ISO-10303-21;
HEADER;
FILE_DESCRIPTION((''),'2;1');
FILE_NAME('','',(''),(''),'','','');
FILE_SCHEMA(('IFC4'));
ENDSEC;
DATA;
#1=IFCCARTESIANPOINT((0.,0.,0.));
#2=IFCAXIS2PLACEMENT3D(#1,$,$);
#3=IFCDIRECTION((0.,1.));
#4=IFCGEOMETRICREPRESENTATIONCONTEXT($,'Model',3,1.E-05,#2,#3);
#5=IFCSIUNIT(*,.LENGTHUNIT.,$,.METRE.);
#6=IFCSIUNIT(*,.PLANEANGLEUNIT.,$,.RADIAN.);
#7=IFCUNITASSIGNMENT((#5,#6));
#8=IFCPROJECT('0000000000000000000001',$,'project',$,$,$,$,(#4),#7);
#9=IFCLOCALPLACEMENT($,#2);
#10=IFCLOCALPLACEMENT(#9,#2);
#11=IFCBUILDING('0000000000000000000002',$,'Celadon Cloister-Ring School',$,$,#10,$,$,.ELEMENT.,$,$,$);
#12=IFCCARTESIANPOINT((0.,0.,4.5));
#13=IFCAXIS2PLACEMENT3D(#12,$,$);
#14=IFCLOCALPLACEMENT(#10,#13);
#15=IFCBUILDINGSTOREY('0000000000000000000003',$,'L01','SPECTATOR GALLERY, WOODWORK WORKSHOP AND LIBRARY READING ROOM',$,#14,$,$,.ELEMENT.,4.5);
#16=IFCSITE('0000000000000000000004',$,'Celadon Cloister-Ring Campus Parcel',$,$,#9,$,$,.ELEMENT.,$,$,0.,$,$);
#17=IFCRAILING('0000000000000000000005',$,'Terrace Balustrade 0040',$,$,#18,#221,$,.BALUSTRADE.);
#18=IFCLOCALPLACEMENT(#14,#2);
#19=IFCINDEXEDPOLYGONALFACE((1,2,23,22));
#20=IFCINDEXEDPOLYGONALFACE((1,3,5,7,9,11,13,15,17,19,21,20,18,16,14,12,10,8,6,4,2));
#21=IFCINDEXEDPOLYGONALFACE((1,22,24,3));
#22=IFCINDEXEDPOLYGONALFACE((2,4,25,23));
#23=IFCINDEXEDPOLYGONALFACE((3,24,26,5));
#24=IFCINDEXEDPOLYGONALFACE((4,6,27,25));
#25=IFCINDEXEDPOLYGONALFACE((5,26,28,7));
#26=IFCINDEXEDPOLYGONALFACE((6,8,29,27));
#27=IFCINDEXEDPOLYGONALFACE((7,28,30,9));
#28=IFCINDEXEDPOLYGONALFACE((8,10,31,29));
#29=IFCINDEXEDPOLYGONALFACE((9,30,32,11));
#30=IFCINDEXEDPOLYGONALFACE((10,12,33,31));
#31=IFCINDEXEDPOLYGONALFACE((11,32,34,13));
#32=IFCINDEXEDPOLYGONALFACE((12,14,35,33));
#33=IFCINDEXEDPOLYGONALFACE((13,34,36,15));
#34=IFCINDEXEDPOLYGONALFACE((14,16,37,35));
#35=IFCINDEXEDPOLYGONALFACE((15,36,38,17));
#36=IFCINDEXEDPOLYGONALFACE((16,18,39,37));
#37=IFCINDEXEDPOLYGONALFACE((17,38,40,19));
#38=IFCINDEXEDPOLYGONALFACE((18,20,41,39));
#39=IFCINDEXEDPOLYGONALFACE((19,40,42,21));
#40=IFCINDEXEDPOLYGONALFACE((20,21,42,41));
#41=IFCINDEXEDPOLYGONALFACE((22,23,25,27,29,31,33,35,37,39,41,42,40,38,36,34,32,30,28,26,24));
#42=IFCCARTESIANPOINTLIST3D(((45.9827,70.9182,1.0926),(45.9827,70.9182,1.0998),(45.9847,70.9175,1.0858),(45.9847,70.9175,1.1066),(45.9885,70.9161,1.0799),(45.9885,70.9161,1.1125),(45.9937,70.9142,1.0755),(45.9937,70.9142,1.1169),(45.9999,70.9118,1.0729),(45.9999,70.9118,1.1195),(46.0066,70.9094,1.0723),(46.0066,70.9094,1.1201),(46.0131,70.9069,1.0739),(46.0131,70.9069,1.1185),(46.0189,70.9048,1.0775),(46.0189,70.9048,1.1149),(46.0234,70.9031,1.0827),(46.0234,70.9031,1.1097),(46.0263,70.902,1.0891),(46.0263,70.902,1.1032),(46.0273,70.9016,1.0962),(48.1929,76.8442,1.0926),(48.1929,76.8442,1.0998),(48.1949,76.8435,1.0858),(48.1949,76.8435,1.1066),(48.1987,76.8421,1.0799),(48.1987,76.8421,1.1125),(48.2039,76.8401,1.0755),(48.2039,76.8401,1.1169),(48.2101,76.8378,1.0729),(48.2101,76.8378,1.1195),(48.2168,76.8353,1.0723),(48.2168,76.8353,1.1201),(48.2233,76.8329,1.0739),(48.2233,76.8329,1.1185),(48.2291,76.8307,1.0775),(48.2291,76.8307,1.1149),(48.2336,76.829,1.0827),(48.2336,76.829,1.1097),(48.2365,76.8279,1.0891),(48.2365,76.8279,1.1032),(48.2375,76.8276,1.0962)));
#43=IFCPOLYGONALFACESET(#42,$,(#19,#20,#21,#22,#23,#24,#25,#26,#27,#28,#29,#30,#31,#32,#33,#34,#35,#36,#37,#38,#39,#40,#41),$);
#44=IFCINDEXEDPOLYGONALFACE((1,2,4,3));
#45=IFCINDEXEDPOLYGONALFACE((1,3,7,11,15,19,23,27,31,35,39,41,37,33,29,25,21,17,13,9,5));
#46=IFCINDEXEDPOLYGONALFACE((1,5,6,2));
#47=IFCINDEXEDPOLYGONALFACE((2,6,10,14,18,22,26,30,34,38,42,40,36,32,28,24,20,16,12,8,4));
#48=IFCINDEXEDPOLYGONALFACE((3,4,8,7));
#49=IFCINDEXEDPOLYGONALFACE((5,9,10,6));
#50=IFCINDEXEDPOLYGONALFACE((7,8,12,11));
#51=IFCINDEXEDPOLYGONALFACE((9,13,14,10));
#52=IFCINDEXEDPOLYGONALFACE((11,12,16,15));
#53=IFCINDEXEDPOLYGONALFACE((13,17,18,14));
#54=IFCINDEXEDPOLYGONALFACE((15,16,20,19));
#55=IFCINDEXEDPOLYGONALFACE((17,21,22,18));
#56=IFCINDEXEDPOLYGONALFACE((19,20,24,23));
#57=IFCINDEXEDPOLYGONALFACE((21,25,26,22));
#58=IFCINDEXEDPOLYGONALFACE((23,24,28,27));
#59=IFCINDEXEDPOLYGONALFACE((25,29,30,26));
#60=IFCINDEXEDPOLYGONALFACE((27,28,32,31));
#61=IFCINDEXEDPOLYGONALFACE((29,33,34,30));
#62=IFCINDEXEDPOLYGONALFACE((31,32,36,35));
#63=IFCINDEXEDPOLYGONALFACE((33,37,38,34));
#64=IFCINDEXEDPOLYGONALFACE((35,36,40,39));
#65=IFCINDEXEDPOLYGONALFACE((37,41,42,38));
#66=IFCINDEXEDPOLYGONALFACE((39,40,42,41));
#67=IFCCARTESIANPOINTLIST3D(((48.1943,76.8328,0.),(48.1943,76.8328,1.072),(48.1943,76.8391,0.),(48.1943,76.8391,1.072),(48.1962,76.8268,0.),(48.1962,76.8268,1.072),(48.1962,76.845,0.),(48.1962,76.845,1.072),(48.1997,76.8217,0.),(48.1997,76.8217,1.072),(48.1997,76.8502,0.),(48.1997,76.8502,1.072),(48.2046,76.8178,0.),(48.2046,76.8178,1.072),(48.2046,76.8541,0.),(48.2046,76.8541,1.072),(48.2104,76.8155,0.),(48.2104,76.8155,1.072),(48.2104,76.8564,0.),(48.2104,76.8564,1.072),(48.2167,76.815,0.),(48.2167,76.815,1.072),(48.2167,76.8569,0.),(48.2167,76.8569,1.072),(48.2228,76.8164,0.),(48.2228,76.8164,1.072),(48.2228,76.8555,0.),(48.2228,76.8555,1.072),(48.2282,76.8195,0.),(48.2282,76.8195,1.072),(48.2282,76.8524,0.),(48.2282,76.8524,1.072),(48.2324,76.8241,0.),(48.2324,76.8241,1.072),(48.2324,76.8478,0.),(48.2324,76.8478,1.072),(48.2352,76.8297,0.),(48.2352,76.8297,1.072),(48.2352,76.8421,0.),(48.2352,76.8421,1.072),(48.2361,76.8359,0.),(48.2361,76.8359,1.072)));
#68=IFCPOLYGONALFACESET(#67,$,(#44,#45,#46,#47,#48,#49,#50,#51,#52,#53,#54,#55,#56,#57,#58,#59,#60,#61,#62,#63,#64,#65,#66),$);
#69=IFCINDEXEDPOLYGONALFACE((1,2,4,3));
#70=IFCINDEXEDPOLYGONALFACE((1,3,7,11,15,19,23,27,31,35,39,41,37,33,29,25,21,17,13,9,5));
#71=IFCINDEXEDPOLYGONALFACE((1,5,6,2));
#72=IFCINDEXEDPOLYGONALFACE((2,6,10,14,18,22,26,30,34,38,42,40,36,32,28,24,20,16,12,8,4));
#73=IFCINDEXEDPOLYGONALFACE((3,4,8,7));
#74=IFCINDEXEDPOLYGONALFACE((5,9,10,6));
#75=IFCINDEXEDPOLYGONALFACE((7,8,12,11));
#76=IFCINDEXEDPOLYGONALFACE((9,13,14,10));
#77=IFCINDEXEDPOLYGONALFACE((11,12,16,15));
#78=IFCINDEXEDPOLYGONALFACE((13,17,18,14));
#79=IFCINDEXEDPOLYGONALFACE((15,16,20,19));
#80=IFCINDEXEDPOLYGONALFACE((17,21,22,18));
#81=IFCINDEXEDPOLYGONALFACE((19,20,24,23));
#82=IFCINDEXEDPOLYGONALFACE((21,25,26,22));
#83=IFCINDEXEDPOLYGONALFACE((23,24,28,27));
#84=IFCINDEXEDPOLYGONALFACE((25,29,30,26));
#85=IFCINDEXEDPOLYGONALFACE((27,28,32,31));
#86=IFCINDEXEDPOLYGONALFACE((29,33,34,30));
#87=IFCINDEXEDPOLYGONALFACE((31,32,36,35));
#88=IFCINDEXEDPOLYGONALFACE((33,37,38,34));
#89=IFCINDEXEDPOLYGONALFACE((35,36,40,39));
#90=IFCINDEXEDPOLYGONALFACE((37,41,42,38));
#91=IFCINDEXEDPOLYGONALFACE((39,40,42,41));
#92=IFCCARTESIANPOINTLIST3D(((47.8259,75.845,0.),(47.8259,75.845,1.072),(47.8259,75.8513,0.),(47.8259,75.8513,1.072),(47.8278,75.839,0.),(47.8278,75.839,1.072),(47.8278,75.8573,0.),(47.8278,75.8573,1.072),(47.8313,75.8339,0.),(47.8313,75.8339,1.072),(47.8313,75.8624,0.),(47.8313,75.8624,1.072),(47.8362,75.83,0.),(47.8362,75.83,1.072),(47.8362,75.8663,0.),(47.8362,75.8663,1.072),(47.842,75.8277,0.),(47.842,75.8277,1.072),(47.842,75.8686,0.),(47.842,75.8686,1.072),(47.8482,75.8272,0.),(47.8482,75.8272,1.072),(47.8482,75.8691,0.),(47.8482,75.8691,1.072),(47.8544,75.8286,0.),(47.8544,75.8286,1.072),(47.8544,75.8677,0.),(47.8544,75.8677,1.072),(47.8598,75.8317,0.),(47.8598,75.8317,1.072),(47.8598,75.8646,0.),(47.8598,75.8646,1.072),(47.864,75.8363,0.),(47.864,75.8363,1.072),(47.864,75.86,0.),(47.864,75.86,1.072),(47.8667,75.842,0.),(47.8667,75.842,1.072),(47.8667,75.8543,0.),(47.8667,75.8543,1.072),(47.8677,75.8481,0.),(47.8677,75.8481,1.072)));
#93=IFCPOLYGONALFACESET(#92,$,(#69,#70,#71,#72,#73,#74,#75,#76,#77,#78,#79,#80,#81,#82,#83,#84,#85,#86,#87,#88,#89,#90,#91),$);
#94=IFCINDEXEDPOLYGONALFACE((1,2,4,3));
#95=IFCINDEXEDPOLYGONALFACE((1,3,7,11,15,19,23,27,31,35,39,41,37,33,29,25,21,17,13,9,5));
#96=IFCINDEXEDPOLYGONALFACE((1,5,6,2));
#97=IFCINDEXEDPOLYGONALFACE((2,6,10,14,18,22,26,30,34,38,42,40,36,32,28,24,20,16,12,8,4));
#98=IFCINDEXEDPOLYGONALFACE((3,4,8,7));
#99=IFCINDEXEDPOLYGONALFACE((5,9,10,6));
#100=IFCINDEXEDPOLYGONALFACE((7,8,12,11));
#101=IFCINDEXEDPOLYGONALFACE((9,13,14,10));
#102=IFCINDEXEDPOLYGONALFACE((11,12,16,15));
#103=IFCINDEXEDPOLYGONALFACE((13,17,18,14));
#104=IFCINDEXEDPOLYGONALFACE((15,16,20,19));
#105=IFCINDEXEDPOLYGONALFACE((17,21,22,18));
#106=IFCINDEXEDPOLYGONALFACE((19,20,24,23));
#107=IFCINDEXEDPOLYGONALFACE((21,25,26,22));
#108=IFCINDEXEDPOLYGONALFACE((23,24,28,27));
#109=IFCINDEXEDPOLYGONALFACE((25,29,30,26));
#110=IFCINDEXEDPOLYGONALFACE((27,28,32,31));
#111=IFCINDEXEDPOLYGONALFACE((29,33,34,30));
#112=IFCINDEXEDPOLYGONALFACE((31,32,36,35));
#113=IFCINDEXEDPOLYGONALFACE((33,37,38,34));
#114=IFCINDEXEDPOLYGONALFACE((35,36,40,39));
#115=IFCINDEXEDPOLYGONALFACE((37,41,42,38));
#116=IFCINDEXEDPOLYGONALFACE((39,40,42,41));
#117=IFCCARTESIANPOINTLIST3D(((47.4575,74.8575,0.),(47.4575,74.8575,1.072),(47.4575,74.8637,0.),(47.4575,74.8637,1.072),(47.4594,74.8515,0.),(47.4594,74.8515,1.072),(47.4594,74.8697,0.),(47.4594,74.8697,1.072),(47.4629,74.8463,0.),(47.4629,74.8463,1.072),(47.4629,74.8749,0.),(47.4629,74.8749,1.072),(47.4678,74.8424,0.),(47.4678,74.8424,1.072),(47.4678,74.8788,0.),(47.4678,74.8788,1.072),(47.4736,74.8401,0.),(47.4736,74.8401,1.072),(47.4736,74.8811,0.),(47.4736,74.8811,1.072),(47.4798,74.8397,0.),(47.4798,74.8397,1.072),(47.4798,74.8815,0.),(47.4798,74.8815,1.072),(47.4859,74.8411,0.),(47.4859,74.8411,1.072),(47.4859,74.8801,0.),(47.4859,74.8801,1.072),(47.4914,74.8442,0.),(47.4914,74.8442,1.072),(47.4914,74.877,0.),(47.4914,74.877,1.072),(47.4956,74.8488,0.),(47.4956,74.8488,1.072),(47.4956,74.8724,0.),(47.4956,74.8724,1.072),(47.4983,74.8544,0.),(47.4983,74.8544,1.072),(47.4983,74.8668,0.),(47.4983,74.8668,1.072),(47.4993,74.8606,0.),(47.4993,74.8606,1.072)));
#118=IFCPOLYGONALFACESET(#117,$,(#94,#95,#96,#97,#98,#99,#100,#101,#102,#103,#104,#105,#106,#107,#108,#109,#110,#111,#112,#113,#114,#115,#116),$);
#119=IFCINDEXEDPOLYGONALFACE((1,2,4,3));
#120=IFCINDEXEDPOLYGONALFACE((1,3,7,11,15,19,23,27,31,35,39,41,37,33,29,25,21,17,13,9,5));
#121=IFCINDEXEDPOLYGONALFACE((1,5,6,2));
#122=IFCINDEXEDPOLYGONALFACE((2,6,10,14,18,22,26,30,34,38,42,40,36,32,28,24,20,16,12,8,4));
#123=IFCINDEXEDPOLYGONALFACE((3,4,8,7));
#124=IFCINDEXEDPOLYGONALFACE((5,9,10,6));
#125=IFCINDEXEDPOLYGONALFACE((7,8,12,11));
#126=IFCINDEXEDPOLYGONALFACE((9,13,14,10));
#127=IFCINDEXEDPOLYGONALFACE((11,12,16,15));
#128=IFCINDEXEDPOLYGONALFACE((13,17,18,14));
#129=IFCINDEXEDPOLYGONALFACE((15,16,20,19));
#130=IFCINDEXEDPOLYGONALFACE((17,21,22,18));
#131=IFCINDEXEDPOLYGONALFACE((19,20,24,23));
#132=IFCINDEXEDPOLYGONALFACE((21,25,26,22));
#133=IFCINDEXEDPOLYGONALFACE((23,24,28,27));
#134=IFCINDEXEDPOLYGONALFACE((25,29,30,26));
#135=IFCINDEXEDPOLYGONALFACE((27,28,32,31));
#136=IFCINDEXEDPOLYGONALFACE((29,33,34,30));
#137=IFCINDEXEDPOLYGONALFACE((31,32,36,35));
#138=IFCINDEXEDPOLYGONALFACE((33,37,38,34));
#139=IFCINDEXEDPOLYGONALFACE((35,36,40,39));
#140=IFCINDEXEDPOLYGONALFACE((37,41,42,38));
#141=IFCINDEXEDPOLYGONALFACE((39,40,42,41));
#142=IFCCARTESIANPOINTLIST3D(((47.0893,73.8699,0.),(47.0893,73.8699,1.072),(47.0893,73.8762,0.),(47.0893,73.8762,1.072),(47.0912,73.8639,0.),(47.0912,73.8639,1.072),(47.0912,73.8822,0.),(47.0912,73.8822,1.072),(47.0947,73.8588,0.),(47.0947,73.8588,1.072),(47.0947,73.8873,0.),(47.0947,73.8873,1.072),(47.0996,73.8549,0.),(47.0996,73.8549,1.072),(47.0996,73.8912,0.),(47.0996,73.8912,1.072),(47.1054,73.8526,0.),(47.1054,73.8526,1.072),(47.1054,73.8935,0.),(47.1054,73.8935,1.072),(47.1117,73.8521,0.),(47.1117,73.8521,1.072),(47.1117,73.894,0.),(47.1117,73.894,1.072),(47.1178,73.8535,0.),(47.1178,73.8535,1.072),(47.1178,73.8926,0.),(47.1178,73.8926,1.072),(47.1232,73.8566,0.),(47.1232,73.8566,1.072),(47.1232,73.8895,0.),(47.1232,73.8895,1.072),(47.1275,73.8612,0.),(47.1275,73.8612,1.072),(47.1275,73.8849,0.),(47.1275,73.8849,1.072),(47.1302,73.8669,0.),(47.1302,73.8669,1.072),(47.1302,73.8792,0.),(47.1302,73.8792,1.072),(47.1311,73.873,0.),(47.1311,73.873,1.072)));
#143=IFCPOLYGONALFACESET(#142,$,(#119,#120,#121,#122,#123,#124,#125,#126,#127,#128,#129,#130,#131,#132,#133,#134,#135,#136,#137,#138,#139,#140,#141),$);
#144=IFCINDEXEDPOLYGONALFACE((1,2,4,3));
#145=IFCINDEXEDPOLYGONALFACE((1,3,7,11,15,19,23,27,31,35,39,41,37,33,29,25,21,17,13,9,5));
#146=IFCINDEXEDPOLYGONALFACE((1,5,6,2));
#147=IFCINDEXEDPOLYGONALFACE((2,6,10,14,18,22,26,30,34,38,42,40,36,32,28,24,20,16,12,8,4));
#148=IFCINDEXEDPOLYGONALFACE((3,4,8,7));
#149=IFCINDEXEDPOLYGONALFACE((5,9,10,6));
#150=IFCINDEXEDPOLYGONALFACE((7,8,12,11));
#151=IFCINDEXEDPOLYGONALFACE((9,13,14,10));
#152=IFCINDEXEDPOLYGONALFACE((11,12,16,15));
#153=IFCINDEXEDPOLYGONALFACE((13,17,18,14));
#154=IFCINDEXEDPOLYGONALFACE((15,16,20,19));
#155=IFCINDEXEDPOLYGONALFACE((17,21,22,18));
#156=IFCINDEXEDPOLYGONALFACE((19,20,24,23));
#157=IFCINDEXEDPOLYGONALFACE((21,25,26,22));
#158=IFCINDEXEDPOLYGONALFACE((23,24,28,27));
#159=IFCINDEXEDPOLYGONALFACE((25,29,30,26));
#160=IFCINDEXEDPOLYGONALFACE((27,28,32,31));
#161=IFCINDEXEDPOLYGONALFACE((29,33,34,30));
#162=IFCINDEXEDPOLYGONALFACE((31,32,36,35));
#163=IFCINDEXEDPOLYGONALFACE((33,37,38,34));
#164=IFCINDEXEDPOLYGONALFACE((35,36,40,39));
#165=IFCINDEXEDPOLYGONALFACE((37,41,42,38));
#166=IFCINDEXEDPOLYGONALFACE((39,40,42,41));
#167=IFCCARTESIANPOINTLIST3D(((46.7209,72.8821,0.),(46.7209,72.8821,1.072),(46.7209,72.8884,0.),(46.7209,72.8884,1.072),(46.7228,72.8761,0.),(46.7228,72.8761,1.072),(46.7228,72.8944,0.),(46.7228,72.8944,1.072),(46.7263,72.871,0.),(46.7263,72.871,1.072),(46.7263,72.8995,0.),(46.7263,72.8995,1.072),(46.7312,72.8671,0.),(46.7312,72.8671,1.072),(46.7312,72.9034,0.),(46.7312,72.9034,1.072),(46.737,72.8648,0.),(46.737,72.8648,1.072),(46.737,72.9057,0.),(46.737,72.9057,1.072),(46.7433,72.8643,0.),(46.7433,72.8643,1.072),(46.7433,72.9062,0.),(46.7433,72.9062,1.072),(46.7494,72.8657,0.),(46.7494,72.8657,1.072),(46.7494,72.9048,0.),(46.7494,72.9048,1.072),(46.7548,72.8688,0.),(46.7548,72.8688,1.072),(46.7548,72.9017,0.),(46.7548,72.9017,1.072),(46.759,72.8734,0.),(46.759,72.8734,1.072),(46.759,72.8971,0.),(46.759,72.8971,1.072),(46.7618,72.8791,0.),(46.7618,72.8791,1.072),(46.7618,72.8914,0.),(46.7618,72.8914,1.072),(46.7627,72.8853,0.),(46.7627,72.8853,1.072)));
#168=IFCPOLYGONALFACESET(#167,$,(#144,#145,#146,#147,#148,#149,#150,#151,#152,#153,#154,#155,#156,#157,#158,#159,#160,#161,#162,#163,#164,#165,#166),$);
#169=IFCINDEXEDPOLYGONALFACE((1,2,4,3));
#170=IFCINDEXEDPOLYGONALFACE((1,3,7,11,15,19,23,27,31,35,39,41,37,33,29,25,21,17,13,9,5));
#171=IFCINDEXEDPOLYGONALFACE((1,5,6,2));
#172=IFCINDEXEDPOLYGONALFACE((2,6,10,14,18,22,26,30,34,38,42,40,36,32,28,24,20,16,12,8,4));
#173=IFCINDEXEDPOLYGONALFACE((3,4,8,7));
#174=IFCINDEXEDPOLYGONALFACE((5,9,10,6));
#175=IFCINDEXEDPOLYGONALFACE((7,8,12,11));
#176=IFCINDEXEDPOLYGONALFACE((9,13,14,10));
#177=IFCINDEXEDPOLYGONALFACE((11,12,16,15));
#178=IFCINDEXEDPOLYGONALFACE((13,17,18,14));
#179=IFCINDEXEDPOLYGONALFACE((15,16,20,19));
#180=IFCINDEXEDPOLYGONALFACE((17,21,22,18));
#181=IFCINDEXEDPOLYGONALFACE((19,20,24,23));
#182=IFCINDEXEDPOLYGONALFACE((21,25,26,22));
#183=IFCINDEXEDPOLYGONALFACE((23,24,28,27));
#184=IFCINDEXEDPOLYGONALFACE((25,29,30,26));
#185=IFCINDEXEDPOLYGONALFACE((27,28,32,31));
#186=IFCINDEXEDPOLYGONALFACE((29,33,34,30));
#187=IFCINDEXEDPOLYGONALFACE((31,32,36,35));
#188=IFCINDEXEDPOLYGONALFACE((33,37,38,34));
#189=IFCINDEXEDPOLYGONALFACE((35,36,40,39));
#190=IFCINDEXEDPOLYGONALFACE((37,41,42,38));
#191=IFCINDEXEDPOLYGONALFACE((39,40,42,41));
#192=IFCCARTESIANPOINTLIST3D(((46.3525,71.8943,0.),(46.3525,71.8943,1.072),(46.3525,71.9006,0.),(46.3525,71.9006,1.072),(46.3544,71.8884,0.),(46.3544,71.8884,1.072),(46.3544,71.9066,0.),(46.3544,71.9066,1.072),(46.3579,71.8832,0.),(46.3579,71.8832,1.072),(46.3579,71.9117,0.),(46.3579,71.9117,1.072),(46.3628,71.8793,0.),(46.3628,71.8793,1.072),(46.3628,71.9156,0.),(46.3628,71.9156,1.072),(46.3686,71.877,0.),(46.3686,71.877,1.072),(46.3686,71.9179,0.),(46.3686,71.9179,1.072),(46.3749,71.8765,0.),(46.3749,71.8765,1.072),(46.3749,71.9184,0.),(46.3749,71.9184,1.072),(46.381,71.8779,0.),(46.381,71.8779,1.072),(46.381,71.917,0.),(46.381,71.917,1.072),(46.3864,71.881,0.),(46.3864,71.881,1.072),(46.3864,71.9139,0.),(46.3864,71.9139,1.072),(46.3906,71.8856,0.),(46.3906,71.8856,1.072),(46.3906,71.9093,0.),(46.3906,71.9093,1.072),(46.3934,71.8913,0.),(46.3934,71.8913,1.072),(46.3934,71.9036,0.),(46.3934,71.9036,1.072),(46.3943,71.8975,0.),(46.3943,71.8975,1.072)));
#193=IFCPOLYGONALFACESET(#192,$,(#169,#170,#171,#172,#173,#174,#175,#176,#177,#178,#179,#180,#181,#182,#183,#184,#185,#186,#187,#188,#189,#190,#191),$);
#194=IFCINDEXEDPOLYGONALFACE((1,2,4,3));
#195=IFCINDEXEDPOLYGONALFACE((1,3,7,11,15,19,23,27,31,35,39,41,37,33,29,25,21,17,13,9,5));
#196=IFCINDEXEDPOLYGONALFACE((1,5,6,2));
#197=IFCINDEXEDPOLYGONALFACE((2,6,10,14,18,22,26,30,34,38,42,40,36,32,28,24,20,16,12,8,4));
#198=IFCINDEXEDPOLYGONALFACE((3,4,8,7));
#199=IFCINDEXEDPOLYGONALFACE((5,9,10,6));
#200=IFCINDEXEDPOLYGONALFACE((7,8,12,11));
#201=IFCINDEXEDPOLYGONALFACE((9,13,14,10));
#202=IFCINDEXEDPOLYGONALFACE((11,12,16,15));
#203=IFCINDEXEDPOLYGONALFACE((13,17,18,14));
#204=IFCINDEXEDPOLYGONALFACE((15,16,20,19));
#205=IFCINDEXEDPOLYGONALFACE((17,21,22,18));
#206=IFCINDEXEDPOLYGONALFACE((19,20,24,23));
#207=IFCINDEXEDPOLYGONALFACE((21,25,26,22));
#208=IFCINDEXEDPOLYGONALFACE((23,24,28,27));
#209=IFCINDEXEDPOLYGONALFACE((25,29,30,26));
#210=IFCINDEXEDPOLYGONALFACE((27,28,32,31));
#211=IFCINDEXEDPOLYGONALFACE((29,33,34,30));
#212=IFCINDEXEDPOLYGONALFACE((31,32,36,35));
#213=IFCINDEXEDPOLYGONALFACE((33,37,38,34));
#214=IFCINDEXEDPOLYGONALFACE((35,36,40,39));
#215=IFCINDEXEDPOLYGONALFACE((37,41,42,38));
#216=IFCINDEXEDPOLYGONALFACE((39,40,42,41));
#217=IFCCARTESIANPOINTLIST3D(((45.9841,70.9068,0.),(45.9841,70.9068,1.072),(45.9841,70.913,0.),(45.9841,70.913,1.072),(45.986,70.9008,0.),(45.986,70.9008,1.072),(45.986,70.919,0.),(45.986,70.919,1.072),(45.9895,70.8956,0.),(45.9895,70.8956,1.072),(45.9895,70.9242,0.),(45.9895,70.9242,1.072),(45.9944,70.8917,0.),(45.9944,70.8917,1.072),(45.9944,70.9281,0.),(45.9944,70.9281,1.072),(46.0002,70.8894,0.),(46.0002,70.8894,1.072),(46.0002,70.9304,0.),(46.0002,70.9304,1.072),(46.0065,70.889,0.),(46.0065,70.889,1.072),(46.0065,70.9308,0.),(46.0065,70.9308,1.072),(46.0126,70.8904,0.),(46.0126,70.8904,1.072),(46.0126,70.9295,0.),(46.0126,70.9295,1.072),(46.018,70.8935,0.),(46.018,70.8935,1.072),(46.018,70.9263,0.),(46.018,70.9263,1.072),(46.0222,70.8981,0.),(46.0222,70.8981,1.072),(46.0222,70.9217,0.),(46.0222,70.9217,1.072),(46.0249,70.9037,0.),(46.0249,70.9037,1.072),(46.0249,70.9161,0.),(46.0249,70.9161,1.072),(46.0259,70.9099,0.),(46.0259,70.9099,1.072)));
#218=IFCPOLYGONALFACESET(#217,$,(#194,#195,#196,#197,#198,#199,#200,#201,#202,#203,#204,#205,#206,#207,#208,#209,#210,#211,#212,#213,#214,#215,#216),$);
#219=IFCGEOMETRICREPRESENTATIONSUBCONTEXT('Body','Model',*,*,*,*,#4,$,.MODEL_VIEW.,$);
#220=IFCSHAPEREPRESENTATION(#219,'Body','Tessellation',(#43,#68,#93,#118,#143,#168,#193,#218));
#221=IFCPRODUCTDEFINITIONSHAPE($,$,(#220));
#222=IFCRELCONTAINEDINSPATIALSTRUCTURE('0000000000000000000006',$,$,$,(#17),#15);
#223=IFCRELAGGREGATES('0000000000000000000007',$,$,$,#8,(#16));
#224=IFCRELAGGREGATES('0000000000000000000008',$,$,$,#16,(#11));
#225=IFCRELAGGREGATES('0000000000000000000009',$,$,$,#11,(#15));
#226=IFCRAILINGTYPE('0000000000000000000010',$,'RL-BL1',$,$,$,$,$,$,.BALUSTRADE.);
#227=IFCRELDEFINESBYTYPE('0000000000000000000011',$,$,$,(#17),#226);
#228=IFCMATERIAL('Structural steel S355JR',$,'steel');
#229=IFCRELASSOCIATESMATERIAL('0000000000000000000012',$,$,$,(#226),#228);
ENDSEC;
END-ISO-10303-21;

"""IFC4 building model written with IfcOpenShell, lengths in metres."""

from ifc_helpers import new_model, si_unit, direction, frame, origin, origin_2d, place, context, subcontext, project, spatial, circle, extrude, material, type_object, element, save


model = new_model("IFC4")

# Units and contexts
model_context = context("Model", 3, precision=1e-05, world=origin(), true_north=direction((0.0, 1.0)))
body_context = subcontext(model_context, "Body", "Model", "MODEL_VIEW")
ifc_project = project(units=[si_unit("LENGTHUNIT", "METRE"), si_unit("PLANEANGLEUNIT", "RADIAN")], contexts=[model_context])

# Site, building, storey
site_placement = place(None, origin())
site = spatial("IfcSite", under=ifc_project, at=site_placement, Name="Celadon Cloister-Ring Campus Parcel", CompositionType="ELEMENT", RefElevation=0.0)
building_placement = place(site_placement, origin())
building = spatial("IfcBuilding", under=site, at=building_placement, Name="Celadon Cloister-Ring School", CompositionType="ELEMENT")
storey_placement = place(building_placement, frame((0.0, 0.0, 4.5)))
storey = spatial("IfcBuildingStorey", under=building, at=storey_placement, Name="L01", Description="SPECTATOR GALLERY, WOODWORK WORKSHOP AND LIBRARY READING ROOM", CompositionType="ELEMENT", Elevation=4.5)

# Railing
ifc_material_1 = material(Name="Structural steel S355JR", Category="steel")
railing_type = type_object("IfcRailingType", Name="RL-BL1", PredefinedType="BALUSTRADE", material=ifc_material_1)
railing_placement = place(storey_placement, frame((48.2151, 76.8359, 0.0)))
element("IfcRailing", 1, at=railing_placement, inside=storey, type_object=railing_type, Name="Terrace Balustrade 0040", PredefinedType="BALUSTRADE", context=body_context, shape_type="SweptSolid", body=[
    extrude(circle(Radius=0.0239, at=origin_2d()), frame((0.0, 0.0, 1.0962), z_axis=(-0.349452, -0.936954, 0.0), x_axis=(0.936954, -0.349452, 0.0)), (0.0, 0.0, 1.0), 6.3247),
    extrude(circle(Radius=0.021, at=origin_2d()), origin(), (0.0, 0.0, 1.0), 1.072),
    extrude(circle(Radius=0.021, at=origin_2d()), frame((-0.3684, -0.9878, 0.0)), (0.0, 0.0, 1.0), 1.072),
    extrude(circle(Radius=0.021, at=origin_2d()), frame((-0.7368, -1.9753, 0.0)), (0.0, 0.0, 1.0), 1.072),
    extrude(circle(Radius=0.021, at=origin_2d()), frame((-1.105, -2.9629, 0.0)), (0.0, 0.0, 1.0), 1.072),
    extrude(circle(Radius=0.021, at=origin_2d()), frame((-1.4734, -3.9507, 0.0)), (0.0, 0.0, 1.0), 1.072),
    extrude(circle(Radius=0.021, at=origin_2d()), frame((-1.8418, -4.9385, 0.0)), (0.0, 0.0, 1.0), 1.072),
    extrude(circle(Radius=0.021, at=origin_2d()), frame((-2.2102, -5.926, 0.0)), (0.0, 0.0, 1.0), 1.072),
])

save(model, "model.ifc")
